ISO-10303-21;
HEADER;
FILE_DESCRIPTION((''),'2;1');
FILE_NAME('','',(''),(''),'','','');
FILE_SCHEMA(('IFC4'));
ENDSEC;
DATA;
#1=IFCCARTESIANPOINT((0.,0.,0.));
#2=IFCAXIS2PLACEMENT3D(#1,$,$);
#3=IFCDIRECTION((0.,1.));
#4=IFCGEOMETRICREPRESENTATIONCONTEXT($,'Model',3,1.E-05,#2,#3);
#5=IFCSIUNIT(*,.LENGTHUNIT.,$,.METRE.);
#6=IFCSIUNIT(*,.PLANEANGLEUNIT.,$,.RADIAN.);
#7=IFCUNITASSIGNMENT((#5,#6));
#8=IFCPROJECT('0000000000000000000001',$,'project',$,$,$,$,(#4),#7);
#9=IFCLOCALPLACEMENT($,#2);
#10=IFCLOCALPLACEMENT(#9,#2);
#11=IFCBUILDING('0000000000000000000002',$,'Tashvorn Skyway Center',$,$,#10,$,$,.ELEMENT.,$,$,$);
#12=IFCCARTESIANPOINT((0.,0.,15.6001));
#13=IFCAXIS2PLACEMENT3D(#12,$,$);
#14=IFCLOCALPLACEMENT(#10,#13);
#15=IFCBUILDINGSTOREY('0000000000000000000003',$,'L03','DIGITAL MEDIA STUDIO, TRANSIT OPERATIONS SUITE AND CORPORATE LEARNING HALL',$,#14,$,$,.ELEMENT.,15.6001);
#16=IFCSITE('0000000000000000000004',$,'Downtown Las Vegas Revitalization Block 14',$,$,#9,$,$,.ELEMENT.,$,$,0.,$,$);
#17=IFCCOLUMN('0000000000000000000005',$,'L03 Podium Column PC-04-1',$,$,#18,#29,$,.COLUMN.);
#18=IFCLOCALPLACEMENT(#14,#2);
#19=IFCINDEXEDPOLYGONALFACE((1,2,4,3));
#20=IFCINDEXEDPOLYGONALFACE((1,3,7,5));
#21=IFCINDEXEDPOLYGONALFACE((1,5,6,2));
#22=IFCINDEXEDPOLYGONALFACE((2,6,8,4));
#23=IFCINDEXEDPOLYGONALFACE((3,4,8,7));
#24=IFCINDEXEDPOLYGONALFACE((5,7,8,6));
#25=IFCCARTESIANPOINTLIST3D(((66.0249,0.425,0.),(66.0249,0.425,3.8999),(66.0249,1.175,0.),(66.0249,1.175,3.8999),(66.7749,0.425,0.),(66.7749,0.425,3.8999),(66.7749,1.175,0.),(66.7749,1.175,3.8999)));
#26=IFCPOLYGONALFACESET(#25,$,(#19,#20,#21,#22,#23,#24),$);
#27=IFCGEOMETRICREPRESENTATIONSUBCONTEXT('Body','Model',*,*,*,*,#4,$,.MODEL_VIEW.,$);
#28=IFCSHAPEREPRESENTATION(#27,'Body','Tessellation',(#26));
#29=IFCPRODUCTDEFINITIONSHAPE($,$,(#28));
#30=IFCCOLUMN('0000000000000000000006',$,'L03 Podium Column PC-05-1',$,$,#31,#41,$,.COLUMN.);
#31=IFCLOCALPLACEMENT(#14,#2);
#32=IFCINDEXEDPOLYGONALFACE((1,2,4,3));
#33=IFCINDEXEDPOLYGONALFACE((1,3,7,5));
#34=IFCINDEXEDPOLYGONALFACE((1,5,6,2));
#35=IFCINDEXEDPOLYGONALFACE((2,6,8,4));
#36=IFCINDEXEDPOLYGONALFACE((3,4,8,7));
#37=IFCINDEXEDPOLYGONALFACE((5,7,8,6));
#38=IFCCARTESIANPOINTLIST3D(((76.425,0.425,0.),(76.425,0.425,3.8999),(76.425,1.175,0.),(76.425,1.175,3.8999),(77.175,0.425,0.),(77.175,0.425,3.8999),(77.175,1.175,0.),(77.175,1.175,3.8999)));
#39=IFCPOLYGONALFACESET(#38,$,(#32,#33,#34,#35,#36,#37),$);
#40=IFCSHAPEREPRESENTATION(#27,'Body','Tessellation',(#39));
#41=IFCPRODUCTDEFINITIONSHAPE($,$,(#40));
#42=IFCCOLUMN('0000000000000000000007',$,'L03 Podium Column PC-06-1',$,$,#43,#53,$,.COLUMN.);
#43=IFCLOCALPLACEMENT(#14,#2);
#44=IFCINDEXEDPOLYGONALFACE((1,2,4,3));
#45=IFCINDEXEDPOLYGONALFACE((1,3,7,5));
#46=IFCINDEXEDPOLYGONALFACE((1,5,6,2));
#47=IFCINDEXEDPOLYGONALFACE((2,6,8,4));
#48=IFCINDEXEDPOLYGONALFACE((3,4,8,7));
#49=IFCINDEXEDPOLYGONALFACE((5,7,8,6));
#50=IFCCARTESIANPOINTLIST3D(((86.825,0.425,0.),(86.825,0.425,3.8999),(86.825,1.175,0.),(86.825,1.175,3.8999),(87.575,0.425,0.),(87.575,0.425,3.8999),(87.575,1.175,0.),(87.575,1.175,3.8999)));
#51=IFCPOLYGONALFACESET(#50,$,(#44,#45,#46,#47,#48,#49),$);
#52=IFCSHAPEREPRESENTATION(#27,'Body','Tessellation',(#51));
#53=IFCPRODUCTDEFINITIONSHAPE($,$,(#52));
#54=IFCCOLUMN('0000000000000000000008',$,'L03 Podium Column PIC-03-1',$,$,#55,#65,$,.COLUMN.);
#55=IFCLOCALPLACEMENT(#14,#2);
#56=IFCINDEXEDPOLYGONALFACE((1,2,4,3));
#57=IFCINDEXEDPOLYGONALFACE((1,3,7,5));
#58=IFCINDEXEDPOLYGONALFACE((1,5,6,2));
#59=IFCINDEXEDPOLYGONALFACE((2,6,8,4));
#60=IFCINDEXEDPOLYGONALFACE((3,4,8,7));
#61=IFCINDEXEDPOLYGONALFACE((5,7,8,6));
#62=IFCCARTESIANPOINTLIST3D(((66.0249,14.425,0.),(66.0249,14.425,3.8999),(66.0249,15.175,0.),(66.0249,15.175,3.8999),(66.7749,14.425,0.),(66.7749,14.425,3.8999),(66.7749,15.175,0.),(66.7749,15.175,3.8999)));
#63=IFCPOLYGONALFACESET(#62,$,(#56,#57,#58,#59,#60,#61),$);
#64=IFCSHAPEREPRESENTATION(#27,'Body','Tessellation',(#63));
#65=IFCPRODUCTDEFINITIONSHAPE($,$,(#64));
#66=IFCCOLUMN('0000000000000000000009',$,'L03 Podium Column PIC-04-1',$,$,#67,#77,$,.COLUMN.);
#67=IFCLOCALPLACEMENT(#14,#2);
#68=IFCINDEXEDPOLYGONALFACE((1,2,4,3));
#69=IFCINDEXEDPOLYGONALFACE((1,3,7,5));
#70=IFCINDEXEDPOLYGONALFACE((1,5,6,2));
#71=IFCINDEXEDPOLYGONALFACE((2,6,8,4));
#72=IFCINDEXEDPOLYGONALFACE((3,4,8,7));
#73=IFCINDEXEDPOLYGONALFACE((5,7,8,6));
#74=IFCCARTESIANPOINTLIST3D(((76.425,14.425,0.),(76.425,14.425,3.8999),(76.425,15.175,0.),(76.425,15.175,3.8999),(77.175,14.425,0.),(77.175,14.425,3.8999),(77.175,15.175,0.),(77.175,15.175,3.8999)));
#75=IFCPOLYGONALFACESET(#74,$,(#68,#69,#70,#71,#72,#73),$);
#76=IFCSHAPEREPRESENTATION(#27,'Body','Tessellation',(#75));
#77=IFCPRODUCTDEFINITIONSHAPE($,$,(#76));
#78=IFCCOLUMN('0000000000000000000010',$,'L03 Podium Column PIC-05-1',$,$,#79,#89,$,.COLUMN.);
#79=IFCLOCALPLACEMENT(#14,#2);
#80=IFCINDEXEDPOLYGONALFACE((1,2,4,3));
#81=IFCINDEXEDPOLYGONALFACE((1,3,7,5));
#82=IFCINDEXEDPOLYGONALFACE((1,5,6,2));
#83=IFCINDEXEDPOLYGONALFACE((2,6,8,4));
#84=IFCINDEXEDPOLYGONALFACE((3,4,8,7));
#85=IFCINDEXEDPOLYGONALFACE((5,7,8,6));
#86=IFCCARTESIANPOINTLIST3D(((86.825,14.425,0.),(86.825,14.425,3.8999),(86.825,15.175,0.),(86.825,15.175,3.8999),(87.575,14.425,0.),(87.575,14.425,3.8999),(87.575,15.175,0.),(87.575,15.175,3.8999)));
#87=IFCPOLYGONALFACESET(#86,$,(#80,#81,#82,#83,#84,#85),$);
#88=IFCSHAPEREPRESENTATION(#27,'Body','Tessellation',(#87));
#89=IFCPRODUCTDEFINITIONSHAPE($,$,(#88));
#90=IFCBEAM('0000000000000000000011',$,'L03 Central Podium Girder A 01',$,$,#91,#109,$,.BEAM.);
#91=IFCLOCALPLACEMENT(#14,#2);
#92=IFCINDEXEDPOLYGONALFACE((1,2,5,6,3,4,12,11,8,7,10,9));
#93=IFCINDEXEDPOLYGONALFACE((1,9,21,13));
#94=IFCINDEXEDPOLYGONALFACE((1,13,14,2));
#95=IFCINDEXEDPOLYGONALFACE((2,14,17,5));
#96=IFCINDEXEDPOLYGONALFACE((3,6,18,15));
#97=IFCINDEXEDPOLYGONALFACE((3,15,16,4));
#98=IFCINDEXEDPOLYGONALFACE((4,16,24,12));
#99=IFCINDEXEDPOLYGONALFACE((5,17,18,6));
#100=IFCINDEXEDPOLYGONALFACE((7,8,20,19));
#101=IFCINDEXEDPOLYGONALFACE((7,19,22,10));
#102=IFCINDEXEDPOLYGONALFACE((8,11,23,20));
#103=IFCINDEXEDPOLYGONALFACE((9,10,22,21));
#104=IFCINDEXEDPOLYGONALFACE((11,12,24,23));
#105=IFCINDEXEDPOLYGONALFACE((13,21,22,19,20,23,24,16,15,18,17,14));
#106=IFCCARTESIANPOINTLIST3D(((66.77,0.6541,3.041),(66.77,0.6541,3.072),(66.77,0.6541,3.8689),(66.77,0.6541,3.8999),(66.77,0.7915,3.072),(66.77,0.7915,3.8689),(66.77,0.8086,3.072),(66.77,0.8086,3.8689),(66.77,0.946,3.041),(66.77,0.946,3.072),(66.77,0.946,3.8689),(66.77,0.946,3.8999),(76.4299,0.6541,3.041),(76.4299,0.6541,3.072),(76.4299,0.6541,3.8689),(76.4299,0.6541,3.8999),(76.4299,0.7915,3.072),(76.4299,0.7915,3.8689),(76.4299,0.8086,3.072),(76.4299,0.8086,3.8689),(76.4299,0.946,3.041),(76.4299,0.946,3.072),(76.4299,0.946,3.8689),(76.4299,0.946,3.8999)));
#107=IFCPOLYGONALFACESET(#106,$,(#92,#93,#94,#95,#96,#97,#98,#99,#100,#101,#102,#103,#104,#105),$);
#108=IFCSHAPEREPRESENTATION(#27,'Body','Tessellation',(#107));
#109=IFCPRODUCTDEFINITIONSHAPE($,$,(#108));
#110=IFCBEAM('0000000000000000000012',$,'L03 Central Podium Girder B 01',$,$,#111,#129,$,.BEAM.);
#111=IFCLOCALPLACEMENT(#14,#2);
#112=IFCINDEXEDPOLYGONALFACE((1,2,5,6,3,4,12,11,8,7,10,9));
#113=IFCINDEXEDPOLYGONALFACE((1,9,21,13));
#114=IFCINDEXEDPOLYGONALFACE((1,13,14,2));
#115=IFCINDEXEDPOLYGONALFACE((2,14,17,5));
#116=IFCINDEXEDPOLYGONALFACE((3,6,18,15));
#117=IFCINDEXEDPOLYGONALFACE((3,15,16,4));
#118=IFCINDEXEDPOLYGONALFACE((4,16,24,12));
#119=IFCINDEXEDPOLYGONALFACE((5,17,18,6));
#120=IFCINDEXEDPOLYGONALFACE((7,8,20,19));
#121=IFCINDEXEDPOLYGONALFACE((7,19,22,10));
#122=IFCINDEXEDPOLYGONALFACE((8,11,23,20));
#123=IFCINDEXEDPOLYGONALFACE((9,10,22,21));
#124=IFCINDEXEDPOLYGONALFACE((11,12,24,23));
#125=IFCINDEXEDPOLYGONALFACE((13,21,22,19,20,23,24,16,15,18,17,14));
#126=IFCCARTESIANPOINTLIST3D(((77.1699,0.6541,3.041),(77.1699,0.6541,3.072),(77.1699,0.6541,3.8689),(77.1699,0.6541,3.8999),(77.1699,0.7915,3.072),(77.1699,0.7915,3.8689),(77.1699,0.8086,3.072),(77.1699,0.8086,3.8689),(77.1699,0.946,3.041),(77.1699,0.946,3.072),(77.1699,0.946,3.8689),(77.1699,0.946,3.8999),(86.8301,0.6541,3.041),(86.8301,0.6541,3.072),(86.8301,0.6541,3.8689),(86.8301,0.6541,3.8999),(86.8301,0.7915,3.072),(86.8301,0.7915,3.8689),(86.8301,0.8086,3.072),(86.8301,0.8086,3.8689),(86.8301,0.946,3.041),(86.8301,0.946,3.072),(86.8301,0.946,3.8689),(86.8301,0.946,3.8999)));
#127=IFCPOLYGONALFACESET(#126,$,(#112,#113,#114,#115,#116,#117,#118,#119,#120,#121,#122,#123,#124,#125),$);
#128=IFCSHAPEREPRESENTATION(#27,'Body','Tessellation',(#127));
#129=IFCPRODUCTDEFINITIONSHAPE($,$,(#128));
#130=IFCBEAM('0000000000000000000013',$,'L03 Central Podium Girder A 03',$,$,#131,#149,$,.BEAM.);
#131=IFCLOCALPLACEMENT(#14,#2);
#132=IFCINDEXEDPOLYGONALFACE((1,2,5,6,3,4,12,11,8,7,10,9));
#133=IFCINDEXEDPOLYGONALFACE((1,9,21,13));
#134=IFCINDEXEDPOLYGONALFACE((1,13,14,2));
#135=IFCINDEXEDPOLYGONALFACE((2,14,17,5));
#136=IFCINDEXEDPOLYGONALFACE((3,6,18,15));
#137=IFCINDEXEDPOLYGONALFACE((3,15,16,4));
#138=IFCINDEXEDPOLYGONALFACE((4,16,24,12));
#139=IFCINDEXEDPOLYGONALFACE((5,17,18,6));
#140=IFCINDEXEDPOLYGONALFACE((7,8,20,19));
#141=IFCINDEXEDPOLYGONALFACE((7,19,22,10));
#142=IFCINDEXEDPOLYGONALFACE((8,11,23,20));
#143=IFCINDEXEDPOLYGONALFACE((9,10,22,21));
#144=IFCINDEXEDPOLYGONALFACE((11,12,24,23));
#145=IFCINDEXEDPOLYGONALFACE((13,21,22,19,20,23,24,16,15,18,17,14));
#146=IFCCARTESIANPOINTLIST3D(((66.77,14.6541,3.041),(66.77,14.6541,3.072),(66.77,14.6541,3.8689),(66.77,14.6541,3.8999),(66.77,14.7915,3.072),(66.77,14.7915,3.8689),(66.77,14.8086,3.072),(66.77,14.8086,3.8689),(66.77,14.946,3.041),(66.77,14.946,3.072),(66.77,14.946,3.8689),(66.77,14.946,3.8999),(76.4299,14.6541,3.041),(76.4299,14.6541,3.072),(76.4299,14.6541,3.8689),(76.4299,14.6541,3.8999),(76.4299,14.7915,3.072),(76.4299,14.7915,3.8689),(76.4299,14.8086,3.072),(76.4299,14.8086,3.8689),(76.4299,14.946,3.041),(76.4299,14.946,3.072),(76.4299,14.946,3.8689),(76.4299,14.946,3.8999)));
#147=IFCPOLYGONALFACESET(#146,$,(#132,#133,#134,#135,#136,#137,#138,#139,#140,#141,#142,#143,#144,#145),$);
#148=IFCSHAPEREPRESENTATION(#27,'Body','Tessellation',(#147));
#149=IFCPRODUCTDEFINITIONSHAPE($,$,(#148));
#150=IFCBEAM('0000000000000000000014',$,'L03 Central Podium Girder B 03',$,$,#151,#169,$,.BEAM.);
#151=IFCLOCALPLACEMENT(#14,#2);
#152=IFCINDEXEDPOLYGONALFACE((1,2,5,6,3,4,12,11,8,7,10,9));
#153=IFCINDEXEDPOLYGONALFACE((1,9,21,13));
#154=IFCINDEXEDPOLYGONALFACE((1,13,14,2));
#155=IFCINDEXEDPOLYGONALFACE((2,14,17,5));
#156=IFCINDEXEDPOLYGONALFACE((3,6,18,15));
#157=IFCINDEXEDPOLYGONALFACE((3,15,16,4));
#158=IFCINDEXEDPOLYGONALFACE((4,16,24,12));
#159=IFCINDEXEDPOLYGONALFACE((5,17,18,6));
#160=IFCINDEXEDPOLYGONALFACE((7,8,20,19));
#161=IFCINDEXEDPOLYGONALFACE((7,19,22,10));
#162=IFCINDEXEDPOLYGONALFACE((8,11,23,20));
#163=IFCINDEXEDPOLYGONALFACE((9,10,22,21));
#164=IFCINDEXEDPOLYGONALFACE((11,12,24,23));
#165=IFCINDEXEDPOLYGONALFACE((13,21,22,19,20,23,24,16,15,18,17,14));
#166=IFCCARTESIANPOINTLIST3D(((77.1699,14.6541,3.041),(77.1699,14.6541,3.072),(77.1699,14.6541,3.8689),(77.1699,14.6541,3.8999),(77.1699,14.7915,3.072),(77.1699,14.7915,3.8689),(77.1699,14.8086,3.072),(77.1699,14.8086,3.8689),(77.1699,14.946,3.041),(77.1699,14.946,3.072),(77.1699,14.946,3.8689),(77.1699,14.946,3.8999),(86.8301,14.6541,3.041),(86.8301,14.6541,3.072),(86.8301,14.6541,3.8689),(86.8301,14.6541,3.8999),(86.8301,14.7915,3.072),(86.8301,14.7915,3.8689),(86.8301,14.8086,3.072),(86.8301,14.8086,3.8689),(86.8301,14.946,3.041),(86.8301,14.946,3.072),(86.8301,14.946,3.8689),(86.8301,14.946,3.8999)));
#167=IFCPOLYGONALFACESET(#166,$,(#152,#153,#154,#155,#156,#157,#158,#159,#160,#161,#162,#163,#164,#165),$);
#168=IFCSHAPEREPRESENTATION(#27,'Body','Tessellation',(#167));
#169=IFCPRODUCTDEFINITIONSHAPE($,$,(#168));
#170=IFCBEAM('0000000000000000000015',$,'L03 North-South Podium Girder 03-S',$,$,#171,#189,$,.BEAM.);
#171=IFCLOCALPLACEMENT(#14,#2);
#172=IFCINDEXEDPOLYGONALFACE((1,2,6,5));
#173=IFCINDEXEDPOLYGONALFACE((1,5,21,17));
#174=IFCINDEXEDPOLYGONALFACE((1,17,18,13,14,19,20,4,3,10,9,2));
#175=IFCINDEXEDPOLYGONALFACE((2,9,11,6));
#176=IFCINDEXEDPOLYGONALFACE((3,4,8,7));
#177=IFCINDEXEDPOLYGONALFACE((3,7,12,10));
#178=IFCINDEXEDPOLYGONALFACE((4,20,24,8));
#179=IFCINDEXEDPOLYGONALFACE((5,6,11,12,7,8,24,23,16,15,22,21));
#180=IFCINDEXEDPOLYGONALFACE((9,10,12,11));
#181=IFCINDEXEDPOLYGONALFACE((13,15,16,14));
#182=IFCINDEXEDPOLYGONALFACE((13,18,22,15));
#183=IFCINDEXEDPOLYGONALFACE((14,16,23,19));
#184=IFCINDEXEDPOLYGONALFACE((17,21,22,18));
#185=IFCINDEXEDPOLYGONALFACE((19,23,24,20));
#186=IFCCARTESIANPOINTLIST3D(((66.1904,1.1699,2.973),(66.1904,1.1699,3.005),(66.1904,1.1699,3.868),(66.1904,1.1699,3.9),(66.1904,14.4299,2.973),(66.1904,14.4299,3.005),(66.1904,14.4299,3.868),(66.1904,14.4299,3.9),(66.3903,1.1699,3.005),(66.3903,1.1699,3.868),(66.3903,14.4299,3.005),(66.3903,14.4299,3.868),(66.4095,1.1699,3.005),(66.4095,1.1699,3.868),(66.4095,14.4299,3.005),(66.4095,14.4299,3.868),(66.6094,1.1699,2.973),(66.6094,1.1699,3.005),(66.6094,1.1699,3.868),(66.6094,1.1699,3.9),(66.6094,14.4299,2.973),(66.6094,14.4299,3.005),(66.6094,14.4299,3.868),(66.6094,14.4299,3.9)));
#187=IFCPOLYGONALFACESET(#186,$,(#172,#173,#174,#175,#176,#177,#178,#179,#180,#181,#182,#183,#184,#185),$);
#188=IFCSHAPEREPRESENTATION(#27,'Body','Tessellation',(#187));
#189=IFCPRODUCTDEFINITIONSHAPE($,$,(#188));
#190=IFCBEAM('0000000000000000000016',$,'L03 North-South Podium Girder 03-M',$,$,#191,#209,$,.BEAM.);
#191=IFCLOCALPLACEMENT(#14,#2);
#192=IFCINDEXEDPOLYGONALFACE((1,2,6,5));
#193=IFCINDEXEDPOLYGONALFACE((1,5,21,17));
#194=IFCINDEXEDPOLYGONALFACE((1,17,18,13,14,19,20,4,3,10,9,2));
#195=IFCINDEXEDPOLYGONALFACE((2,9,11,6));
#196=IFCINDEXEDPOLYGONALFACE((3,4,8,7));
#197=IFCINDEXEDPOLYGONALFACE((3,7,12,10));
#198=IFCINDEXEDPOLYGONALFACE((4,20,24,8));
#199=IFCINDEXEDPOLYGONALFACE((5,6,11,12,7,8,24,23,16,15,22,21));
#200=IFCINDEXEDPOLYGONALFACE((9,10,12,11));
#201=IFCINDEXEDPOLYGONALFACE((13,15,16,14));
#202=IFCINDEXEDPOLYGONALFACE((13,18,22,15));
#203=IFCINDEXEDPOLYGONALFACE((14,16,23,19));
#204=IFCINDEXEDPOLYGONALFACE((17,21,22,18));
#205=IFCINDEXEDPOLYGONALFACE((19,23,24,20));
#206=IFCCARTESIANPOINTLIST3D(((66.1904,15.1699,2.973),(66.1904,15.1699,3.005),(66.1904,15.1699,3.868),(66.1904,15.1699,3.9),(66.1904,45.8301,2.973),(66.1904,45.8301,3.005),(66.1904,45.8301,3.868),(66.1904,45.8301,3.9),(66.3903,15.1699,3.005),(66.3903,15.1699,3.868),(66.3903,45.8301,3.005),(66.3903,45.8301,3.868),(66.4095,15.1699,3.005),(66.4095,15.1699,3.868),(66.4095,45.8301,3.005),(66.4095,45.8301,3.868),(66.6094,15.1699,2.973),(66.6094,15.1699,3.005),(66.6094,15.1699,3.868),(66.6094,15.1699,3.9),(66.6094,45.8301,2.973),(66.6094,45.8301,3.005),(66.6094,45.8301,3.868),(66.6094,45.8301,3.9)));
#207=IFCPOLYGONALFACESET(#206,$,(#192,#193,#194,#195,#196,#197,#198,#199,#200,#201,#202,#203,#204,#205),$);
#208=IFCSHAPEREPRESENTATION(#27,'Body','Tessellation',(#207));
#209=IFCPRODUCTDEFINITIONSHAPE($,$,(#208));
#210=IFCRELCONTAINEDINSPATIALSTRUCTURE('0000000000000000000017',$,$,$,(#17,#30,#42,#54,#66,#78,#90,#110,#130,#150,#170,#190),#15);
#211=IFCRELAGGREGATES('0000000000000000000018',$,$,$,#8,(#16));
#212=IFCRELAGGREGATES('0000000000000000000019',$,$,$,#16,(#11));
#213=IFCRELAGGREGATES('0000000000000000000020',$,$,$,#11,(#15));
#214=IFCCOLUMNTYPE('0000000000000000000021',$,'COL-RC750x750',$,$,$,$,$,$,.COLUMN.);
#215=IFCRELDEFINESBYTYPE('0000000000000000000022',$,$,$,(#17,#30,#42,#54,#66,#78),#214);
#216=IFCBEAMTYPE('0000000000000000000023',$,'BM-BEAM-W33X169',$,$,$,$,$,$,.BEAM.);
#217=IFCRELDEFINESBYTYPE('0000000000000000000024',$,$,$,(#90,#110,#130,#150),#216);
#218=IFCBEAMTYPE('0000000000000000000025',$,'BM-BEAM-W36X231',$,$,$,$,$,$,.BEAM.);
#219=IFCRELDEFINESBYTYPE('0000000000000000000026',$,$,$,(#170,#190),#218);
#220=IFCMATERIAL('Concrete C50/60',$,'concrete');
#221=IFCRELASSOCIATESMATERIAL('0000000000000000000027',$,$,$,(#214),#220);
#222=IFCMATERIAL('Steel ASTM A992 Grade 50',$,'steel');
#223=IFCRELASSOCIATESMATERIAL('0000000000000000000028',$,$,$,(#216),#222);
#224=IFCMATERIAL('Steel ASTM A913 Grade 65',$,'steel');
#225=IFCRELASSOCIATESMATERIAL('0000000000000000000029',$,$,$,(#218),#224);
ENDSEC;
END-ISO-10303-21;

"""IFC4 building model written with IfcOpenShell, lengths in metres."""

from ifc_helpers import new_model, si_unit, direction, frame, origin, origin_2d, place, context, subcontext, project, spatial, rectangle, i_section, extrude, material, material_profile, profile_set, type_object, element, save


model = new_model("IFC4")

# Units and contexts
model_context = context("Model", 3, precision=1e-05, world=origin(), true_north=direction((0.0, 1.0)))
body_context = subcontext(model_context, "Body", "Model", "MODEL_VIEW")
ifc_project = project(units=[si_unit("LENGTHUNIT", "METRE"), si_unit("PLANEANGLEUNIT", "RADIAN")], contexts=[model_context])

# Site, building, storey
site_placement = place(None, origin())
site = spatial("IfcSite", under=ifc_project, at=site_placement, Name="Downtown Las Vegas Revitalization Block 14", CompositionType="ELEMENT", RefElevation=0.0)
building_placement = place(site_placement, origin())
building = spatial("IfcBuilding", under=site, at=building_placement, Name="Tashvorn Skyway Center", CompositionType="ELEMENT")
storey_placement = place(building_placement, frame((0.0, 0.0, 15.6001)))
storey = spatial("IfcBuildingStorey", under=building, at=storey_placement, Name="L03", Description="DIGITAL MEDIA STUDIO, TRANSIT OPERATIONS SUITE AND CORPORATE LEARNING HALL", CompositionType="ELEMENT", Elevation=15.6001)

# Columns
ifc_material_1 = material(Name="Concrete C50/60", Category="concrete")
ifc_material_profile_1 = material_profile(ifc_material_1, rectangle(XDim=0.75, YDim=0.75, at=origin_2d()), Name="RC750x750")
ifc_profile_set_1 = profile_set([ifc_material_profile_1], Name="Concrete C50/60")
column_type = type_object("IfcColumnType", Name="COL-RC750x750", PredefinedType="COLUMN", material=ifc_profile_set_1)
for number, where, z_axis, x_axis, name in (
    (1, (66.3999, 0.8, 0.0), (0.0, 0.0, 1.0), (1.0, 0.0, 0.0), "L03 Podium Column PC-04-1"),
    (2, (76.8, 0.8, 0.0), (0.0, 0.0, 1.0), (1.0, 0.0, 0.0), "L03 Podium Column PC-05-1"),
    (3, (87.2, 0.8, 0.0), (0.0, 0.0, 1.0), (1.0, 0.0, 0.0), "L03 Podium Column PC-06-1"),
    (4, (66.3999, 14.8, 0.0), (0.0, 0.0, 1.0), (1.0, 0.0, 0.0), "L03 Podium Column PIC-03-1"),
    (5, (76.8, 14.8, 0.0), (0.0, 0.0, 1.0), (1.0, 0.0, 0.0), "L03 Podium Column PIC-04-1"),
    (6, (87.2, 14.8, 0.0), (0.0, 0.0, 1.0), (1.0, 0.0, 0.0), "L03 Podium Column PIC-05-1"),
):
    element("IfcColumn", number, at=place(storey_placement, frame(where, z_axis=z_axis, x_axis=x_axis)), inside=storey, type_object=column_type, Name=name, PredefinedType="COLUMN", context=body_context, shape_type="SweptSolid", body=[
        extrude(rectangle(XDim=0.75, YDim=0.75, at=origin_2d()), origin(), (0.0, 0.0, 1.0), 3.8999),
    ])

# Beams
ifc_material_2 = material(Name="Steel ASTM A992 Grade 50", Category="steel")
ifc_material_profile_2 = material_profile(ifc_material_2, i_section(OverallWidth=0.292, OverallDepth=0.8589, WebThickness=0.0171, FlangeThickness=0.031, at=origin_2d()), Name="W33X169")
ifc_profile_set_2 = profile_set([ifc_material_profile_2], Name="Steel ASTM A992 Grade 50")
beam_type_1 = type_object("IfcBeamType", Name="BM-BEAM-W33X169", PredefinedType="BEAM", material=ifc_profile_set_2)
beam_1_placement = place(storey_placement, frame((66.77, 0.8, 3.4705), z_axis=(1.0, 0.0, 0.0), x_axis=(0.0, 1.0, 0.0)))
element("IfcBeam", 7, at=beam_1_placement, inside=storey, type_object=beam_type_1, Name="L03 Central Podium Girder A 01", PredefinedType="BEAM", context=body_context, shape_type="SweptSolid", body=[
    extrude(i_section(OverallWidth=0.292, OverallDepth=0.8589, WebThickness=0.0171, FlangeThickness=0.031, at=origin_2d()), origin(), (0.0, 0.0, 1.0), 9.6599),
])
beam_2_placement = place(storey_placement, frame((77.1699, 0.8, 3.4705), z_axis=(1.0, 0.0, 0.0), x_axis=(0.0, 1.0, 0.0)))
element("IfcBeam", 8, at=beam_2_placement, inside=storey, type_object=beam_type_1, Name="L03 Central Podium Girder B 01", PredefinedType="BEAM", context=body_context, shape_type="SweptSolid", body=[
    extrude(i_section(OverallWidth=0.292, OverallDepth=0.8589, WebThickness=0.0171, FlangeThickness=0.031, at=origin_2d()), origin(), (0.0, 0.0, 1.0), 9.6602),
])
beam_3_placement = place(storey_placement, frame((66.77, 14.8, 3.4705), z_axis=(1.0, 0.0, 0.0), x_axis=(0.0, 1.0, 0.0)))
element("IfcBeam", 9, at=beam_3_placement, inside=storey, type_object=beam_type_1, Name="L03 Central Podium Girder A 03", PredefinedType="BEAM", context=body_context, shape_type="SweptSolid", body=[
    extrude(i_section(OverallWidth=0.292, OverallDepth=0.8589, WebThickness=0.0171, FlangeThickness=0.031, at=origin_2d()), origin(), (0.0, 0.0, 1.0), 9.6599),
])
beam_4_placement = place(storey_placement, frame((77.1699, 14.8, 3.4705), z_axis=(1.0, 0.0, 0.0), x_axis=(0.0, 1.0, 0.0)))
element("IfcBeam", 10, at=beam_4_placement, inside=storey, type_object=beam_type_1, Name="L03 Central Podium Girder B 03", PredefinedType="BEAM", context=body_context, shape_type="SweptSolid", body=[
    extrude(i_section(OverallWidth=0.292, OverallDepth=0.8589, WebThickness=0.0171, FlangeThickness=0.031, at=origin_2d()), origin(), (0.0, 0.0, 1.0), 9.6602),
])
ifc_material_3 = material(Name="Steel ASTM A913 Grade 65", Category="steel")
ifc_material_profile_3 = material_profile(ifc_material_3, i_section(OverallWidth=0.4189, OverallDepth=0.927, WebThickness=0.0193, FlangeThickness=0.032, at=origin_2d()), Name="W36X231")
ifc_profile_set_3 = profile_set([ifc_material_profile_3], Name="Steel ASTM A913 Grade 65")
beam_type_2 = type_object("IfcBeamType", Name="BM-BEAM-W36X231", PredefinedType="BEAM", material=ifc_profile_set_3)
beam_5_placement = place(storey_placement, frame((66.3999, 1.1699, 3.4365), z_axis=(0.0, 1.0, 0.0), x_axis=(-1.0, 0.0, 0.0)))
element("IfcBeam", 11, at=beam_5_placement, inside=storey, type_object=beam_type_2, Name="L03 North-South Podium Girder 03-S", PredefinedType="BEAM", context=body_context, shape_type="SweptSolid", body=[
    extrude(i_section(OverallWidth=0.4189, OverallDepth=0.927, WebThickness=0.0193, FlangeThickness=0.032, at=origin_2d()), origin(), (0.0, 0.0, 1.0), 13.26),
])
beam_6_placement = place(storey_placement, frame((66.3999, 15.1699, 3.4365), z_axis=(0.0, 1.0, 0.0), x_axis=(-1.0, 0.0, 0.0)))
element("IfcBeam", 12, at=beam_6_placement, inside=storey, type_object=beam_type_2, Name="L03 North-South Podium Girder 03-M", PredefinedType="BEAM", context=body_context, shape_type="SweptSolid", body=[
    extrude(i_section(OverallWidth=0.4189, OverallDepth=0.927, WebThickness=0.0193, FlangeThickness=0.032, at=origin_2d()), origin(), (0.0, 0.0, 1.0), 30.6602),
])

save(model, "model.ifc")
